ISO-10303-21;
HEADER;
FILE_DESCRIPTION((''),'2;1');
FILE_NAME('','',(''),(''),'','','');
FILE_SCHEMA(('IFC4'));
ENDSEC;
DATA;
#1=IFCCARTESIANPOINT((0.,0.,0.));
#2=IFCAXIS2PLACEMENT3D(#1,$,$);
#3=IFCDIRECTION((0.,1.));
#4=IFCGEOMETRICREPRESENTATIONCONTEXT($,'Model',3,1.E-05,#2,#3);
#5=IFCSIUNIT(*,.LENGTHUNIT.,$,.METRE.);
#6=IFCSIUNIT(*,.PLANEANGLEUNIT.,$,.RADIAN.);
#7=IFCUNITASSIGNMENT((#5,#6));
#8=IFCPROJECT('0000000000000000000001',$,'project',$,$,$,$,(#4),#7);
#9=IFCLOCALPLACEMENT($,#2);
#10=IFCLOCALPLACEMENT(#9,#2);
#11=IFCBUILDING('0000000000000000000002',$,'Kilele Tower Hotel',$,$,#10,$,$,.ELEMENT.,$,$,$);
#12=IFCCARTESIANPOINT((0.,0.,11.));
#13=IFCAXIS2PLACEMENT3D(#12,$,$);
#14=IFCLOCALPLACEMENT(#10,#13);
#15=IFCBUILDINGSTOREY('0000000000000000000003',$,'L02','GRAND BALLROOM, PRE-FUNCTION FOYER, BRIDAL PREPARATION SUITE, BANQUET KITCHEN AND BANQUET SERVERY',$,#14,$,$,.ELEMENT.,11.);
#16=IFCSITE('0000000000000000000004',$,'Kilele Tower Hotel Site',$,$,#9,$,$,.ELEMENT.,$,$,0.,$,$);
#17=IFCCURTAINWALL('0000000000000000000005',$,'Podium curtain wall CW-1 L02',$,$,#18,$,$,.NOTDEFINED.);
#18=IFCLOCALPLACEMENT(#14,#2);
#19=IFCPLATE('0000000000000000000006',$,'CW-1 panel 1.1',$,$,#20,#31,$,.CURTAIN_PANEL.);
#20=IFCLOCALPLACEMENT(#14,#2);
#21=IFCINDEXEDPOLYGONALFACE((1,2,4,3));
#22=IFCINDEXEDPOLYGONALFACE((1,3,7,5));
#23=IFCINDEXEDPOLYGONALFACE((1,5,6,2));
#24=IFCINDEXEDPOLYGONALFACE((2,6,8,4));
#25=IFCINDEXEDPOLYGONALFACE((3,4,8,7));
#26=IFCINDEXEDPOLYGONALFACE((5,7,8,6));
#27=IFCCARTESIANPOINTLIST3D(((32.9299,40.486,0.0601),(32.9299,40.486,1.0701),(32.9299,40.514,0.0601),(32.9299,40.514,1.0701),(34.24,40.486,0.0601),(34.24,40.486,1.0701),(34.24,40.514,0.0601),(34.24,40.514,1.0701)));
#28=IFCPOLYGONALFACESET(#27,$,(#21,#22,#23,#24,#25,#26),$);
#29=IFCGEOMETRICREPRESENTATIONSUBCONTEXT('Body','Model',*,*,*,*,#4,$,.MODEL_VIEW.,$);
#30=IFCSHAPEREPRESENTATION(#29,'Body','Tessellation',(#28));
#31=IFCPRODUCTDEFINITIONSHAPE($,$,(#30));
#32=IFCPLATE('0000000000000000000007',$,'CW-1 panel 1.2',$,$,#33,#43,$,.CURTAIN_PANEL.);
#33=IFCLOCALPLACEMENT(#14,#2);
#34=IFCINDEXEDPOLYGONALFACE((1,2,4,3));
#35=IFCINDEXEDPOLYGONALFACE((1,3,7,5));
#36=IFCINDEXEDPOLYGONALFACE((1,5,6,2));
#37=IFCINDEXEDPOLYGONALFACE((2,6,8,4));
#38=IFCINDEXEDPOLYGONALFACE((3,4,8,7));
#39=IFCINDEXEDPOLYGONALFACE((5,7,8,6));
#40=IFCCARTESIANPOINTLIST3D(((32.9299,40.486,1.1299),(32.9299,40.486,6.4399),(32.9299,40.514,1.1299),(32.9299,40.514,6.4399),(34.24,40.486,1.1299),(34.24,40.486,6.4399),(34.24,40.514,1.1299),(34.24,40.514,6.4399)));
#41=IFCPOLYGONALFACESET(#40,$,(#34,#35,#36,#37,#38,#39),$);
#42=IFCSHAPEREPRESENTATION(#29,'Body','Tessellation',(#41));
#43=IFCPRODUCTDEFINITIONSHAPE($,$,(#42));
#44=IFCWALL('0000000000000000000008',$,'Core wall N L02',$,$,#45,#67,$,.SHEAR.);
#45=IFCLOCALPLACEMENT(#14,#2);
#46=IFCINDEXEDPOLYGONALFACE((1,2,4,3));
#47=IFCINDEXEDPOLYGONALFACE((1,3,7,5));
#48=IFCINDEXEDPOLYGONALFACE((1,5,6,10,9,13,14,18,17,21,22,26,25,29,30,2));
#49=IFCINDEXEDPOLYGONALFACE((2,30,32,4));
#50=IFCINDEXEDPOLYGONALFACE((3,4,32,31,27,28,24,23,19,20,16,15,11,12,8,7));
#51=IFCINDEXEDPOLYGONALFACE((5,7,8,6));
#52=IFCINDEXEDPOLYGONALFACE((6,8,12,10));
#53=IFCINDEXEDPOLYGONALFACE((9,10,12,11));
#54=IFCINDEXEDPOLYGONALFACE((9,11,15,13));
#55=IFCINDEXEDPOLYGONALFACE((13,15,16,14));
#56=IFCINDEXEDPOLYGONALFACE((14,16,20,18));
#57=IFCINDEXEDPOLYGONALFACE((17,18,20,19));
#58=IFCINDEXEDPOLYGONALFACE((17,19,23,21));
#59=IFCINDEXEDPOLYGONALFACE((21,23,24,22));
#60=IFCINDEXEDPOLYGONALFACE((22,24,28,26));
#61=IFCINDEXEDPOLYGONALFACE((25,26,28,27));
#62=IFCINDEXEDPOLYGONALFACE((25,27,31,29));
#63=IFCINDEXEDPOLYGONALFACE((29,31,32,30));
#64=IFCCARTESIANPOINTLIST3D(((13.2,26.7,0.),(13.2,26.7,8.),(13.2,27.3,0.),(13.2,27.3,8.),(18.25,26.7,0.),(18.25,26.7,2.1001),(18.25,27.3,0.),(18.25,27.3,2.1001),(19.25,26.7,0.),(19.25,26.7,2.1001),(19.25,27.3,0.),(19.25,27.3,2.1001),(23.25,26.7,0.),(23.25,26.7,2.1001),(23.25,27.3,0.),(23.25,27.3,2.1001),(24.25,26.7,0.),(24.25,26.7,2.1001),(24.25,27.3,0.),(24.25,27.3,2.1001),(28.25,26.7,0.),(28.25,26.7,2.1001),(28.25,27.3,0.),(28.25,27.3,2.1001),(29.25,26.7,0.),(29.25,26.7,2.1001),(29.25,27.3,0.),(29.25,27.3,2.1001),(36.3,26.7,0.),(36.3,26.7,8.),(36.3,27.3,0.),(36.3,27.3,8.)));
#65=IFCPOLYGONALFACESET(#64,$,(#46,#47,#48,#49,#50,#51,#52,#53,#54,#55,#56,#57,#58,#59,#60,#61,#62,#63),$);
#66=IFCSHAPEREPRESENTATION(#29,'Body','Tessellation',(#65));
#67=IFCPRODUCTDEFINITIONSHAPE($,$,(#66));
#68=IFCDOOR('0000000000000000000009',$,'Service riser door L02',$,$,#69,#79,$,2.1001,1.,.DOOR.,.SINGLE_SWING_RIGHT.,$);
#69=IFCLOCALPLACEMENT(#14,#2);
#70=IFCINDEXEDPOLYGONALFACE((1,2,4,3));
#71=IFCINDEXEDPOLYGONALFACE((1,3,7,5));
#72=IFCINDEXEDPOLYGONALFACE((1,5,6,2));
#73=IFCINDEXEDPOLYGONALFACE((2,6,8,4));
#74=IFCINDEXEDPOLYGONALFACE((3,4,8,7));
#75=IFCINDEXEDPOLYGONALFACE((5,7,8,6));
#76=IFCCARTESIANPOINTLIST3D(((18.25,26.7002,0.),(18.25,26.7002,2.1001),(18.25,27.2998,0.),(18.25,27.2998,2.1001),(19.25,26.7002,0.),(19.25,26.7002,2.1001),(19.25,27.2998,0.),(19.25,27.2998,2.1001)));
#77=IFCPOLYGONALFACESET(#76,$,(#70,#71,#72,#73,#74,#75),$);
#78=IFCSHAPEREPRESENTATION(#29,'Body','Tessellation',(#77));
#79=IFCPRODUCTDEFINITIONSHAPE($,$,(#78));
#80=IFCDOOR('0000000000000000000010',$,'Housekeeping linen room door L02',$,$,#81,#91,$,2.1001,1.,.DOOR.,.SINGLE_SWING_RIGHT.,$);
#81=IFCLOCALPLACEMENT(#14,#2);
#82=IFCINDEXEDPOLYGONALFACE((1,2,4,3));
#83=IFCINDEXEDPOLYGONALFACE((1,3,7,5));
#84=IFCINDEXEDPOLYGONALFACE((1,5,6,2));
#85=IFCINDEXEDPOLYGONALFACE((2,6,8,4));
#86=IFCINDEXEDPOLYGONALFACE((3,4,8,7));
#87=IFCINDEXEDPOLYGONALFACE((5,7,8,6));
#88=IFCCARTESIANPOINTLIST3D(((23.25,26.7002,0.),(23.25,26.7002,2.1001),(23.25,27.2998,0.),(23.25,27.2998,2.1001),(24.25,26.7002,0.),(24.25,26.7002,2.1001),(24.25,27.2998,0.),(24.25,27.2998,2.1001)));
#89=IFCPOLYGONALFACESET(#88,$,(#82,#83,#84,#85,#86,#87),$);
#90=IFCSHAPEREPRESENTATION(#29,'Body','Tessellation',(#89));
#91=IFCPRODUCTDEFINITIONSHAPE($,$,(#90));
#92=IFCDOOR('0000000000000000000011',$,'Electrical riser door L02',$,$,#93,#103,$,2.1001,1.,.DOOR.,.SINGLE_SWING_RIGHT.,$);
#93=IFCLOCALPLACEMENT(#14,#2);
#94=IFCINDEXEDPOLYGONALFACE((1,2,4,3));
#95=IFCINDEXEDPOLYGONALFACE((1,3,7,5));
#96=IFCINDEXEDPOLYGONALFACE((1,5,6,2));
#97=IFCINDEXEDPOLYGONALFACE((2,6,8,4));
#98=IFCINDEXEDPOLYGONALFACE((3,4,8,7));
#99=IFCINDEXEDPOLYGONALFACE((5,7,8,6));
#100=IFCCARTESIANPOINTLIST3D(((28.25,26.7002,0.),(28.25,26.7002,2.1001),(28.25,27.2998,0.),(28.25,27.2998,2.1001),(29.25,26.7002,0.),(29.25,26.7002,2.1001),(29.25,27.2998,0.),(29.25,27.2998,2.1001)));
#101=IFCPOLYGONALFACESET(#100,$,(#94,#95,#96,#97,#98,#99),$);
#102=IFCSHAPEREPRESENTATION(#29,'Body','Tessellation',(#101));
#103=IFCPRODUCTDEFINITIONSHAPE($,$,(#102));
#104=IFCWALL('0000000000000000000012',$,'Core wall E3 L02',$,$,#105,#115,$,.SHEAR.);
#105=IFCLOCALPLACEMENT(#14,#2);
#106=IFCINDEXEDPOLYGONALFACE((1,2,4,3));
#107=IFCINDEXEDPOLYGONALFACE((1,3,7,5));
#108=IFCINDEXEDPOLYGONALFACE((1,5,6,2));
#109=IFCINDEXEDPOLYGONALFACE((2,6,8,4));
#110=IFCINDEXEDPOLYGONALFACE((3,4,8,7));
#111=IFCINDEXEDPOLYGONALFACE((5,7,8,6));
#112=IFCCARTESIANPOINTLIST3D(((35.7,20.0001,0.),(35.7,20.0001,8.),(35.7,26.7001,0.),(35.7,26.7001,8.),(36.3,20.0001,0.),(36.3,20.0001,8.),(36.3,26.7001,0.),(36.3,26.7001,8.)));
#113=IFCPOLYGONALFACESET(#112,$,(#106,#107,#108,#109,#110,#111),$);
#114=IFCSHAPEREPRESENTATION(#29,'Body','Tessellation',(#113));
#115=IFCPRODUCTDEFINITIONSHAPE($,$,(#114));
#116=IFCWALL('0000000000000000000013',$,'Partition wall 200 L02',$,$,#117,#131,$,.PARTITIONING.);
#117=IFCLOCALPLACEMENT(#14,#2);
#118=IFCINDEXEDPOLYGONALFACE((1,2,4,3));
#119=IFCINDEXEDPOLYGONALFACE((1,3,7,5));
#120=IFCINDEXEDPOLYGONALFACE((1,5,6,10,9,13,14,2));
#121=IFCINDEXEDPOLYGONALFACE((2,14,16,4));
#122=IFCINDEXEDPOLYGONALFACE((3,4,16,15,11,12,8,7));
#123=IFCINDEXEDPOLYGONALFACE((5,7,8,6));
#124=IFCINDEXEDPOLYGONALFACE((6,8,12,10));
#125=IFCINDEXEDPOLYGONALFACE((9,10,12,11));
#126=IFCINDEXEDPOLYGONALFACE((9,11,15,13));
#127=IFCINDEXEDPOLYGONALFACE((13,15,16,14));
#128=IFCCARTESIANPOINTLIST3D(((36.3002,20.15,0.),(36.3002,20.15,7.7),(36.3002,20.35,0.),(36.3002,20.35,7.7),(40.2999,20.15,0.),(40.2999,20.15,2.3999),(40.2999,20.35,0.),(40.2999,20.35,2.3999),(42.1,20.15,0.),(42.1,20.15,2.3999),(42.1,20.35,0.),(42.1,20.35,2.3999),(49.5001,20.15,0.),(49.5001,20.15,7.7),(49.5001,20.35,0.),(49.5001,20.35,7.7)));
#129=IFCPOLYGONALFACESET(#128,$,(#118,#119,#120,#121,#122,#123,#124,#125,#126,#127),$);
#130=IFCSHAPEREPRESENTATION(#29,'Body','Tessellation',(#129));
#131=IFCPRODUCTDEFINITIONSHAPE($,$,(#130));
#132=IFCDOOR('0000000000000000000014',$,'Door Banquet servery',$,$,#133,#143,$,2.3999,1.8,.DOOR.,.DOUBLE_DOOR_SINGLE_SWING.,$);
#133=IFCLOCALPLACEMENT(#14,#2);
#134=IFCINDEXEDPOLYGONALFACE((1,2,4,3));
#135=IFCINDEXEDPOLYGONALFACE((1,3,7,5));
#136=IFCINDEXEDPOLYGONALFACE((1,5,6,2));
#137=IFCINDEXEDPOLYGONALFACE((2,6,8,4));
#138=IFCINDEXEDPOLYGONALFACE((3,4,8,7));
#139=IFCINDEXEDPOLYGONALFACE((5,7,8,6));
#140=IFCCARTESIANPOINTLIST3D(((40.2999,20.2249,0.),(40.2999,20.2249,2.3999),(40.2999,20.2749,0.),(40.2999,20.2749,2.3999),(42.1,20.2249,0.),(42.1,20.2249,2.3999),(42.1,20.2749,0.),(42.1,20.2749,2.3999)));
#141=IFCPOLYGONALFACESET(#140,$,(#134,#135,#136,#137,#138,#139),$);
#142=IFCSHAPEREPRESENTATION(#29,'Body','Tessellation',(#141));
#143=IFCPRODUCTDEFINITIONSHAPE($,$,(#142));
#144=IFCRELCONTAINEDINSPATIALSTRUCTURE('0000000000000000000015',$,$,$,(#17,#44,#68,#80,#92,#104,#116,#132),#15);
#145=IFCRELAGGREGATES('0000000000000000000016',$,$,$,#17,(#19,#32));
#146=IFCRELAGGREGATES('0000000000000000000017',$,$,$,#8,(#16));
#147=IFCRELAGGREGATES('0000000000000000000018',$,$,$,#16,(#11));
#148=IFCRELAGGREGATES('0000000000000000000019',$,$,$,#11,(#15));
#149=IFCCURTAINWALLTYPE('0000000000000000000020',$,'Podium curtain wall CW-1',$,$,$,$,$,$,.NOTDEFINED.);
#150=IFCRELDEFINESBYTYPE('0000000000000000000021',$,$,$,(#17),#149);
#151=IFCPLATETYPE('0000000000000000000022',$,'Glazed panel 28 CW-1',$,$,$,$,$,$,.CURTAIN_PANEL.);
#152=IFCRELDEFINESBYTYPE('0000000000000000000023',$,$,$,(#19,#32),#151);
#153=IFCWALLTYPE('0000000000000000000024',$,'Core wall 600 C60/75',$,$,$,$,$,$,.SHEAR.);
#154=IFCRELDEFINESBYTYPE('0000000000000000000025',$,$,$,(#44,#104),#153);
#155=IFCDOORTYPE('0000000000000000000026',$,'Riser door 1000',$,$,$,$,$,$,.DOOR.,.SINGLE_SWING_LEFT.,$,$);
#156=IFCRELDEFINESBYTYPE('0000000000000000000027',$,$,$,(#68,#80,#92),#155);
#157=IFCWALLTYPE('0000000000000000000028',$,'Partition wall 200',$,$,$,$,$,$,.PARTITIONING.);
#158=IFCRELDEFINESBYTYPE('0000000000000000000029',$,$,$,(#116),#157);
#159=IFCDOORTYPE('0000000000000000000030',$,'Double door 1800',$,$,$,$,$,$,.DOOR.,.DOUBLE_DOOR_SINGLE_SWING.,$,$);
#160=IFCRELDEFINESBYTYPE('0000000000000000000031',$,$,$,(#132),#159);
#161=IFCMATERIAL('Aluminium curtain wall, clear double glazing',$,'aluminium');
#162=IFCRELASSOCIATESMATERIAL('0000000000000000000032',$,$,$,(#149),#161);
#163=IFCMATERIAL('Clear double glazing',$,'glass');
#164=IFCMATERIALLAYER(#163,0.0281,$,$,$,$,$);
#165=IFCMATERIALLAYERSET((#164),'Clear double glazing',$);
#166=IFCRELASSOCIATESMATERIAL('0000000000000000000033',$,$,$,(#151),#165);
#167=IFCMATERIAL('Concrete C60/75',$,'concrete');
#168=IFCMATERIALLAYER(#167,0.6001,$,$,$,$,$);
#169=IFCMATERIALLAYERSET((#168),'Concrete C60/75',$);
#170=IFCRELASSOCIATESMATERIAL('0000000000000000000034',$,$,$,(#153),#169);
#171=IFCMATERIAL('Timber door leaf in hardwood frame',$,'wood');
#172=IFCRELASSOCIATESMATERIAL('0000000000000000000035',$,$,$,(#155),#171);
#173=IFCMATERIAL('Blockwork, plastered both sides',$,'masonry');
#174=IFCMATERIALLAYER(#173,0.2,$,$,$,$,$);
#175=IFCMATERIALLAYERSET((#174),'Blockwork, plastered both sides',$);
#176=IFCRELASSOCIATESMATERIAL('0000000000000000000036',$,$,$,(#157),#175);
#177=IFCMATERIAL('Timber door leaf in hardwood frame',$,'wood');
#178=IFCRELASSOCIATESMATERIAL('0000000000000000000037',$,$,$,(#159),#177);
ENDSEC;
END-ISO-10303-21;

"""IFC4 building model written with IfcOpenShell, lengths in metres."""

from ifc_helpers import new_model, si_unit, direction, frame, frame_2d, origin, origin_2d, place, context, subcontext, project, spatial, rectangle, extrude, material, layer, layer_set, type_object, element, fill, aggregate, save


model = new_model("IFC4")

# Units and contexts
model_context = context("Model", 3, precision=1e-05, world=origin(), true_north=direction((0.0, 1.0)))
body_context = subcontext(model_context, "Body", "Model", "MODEL_VIEW")
ifc_project = project(units=[si_unit("LENGTHUNIT", "METRE"), si_unit("PLANEANGLEUNIT", "RADIAN")], contexts=[model_context])

# Site, building, storey
site_placement = place(None, origin())
site = spatial("IfcSite", under=ifc_project, at=site_placement, Name="Kilele Tower Hotel Site", CompositionType="ELEMENT", RefElevation=0.0)
building_placement = place(site_placement, origin())
building = spatial("IfcBuilding", under=site, at=building_placement, Name="Kilele Tower Hotel", CompositionType="ELEMENT")
storey_placement = place(building_placement, frame((0.0, 0.0, 11.0)))
storey = spatial("IfcBuildingStorey", under=building, at=storey_placement, Name="L02", Description="GRAND BALLROOM, PRE-FUNCTION FOYER, BRIDAL PREPARATION SUITE, BANQUET KITCHEN AND BANQUET SERVERY", CompositionType="ELEMENT", Elevation=11.0)

# Curtain wall, plates
ifc_material_1 = material(Name="Aluminium curtain wall, clear double glazing", Category="aluminium")
curtain_wall_type = type_object("IfcCurtainWallType", Name="Podium curtain wall CW-1", PredefinedType="NOTDEFINED", material=ifc_material_1)
curtain_wall_placement = place(storey_placement, origin())
curtain_wall = element("IfcCurtainWall", 1, at=curtain_wall_placement, inside=storey, type_object=curtain_wall_type, Name="Podium curtain wall CW-1 L02", PredefinedType="NOTDEFINED")
ifc_material_2 = material(Name="Clear double glazing", Category="glass")
ifc_layer_1 = layer(ifc_material_2, 0.0281)
ifc_layer_set_1 = layer_set([ifc_layer_1], Name="Clear double glazing")
plate_type = type_object("IfcPlateType", Name="Glazed panel 28 CW-1", PredefinedType="CURTAIN_PANEL", material=ifc_layer_set_1)
plate_1_placement = place(storey_placement, frame((33.585, 40.5, 0.0601), z_axis=(0.0, 0.0, 1.0), x_axis=(-1.0, 0.0, 0.0)))
plate_1 = element("IfcPlate", 2, at=plate_1_placement, type_object=plate_type, Name="CW-1 panel 1.1", PredefinedType="CURTAIN_PANEL", context=body_context, shape_type="SweptSolid", body=[
    extrude(rectangle(XDim=1.3101, YDim=0.0281, at=origin_2d()), origin(), (0.0, 0.0, 1.0), 1.01),
])
plate_2_placement = place(storey_placement, frame((33.585, 40.5, 1.1299), z_axis=(0.0, 0.0, 1.0), x_axis=(-1.0, 0.0, 0.0)))
plate_2 = element("IfcPlate", 3, at=plate_2_placement, type_object=plate_type, Name="CW-1 panel 1.2", PredefinedType="CURTAIN_PANEL", context=body_context, shape_type="SweptSolid", body=[
    extrude(rectangle(XDim=1.3101, YDim=0.0281, at=origin_2d()), origin(), (0.0, 0.0, 1.0), 5.3101),
])
aggregate(curtain_wall, [plate_1, plate_2])

# Wall, openings, doors
ifc_material_3 = material(Name="Concrete C60/75", Category="concrete")
ifc_layer_2 = layer(ifc_material_3, 0.6001)
ifc_layer_set_2 = layer_set([ifc_layer_2], Name="Concrete C60/75")
wall_type_1 = type_object("IfcWallType", Name="Core wall 600 C60/75", PredefinedType="SHEAR", material=ifc_layer_set_2)
wall_1_placement = place(storey_placement, frame((36.3, 27.0, 0.0), z_axis=(0.0, 0.0, 1.0), x_axis=(-1.0, 0.0, 0.0)))
wall_1 = element("IfcWall", 4, at=wall_1_placement, inside=storey, type_object=wall_type_1, Name="Core wall N L02", PredefinedType="SHEAR", context=body_context, shape_type="SweptSolid", body=[
    extrude(rectangle(XDim=23.1001, YDim=0.6001, at=frame_2d((11.55, 0.0))), origin(), (0.0, 0.0, 1.0), 8.0),
])
opening_1_placement = place(wall_1_placement, frame((17.05, 0.0, 0.0)))
opening_1 = element("IfcOpeningElement", 5, at=opening_1_placement, cuts=wall_1, PredefinedType="OPENING", context=body_context, shape_type="SweptSolid", body=[
    extrude(rectangle(XDim=1.0, YDim=2.1001, at=frame_2d((0.5, 1.05))), frame((0.0, 0.3101, 0.0), z_axis=(0.0, -1.0, 0.0), x_axis=(1.0, 0.0, 0.0)), (0.0, 0.0, 1.0), 0.6201),
])
opening_2_placement = place(wall_1_placement, frame((12.05, 0.0, 0.0)))
opening_2 = element("IfcOpeningElement", 6, at=opening_2_placement, cuts=wall_1, PredefinedType="OPENING", context=body_context, shape_type="SweptSolid", body=[
    extrude(rectangle(XDim=1.0, YDim=2.1001, at=frame_2d((0.5, 1.05))), frame((0.0, 0.3101, 0.0), z_axis=(0.0, -1.0, 0.0), x_axis=(1.0, 0.0, 0.0)), (0.0, 0.0, 1.0), 0.6201),
])
opening_3_placement = place(wall_1_placement, frame((7.05, 0.0, 0.0)))
opening_3 = element("IfcOpeningElement", 7, at=opening_3_placement, cuts=wall_1, PredefinedType="OPENING", context=body_context, shape_type="SweptSolid", body=[
    extrude(rectangle(XDim=1.0, YDim=2.1001, at=frame_2d((0.5, 1.05))), frame((0.0, 0.3101, 0.0), z_axis=(0.0, -1.0, 0.0), x_axis=(1.0, 0.0, 0.0)), (0.0, 0.0, 1.0), 0.6201),
])
ifc_material_4 = material(Name="Timber door leaf in hardwood frame", Category="wood")
door_type_1 = type_object("IfcDoorType", Name="Riser door 1000", OperationType="SINGLE_SWING_LEFT", PredefinedType="DOOR", material=ifc_material_4)
door_1_placement = place(opening_1_placement, origin())
door_1 = element("IfcDoor", 8, at=door_1_placement, inside=storey, type_object=door_type_1, Name="Service riser door L02", OperationType="SINGLE_SWING_RIGHT", OverallHeight=2.1001, OverallWidth=1.0, PredefinedType="DOOR", context=body_context, shape_type="SweptSolid", body=[
    extrude(rectangle(XDim=1.0, YDim=2.1001, at=frame_2d((0.5, 1.05))), frame((0.0, 0.2998, 0.0), z_axis=(0.0, -1.0, 0.0), x_axis=(1.0, 0.0, 0.0)), (0.0, 0.0, 1.0), 0.5996),
])
fill(opening_1, door_1)
door_2_placement = place(opening_2_placement, origin())
door_2 = element("IfcDoor", 9, at=door_2_placement, inside=storey, type_object=door_type_1, Name="Housekeeping linen room door L02", OperationType="SINGLE_SWING_RIGHT", OverallHeight=2.1001, OverallWidth=1.0, PredefinedType="DOOR", context=body_context, shape_type="SweptSolid", body=[
    extrude(rectangle(XDim=1.0, YDim=2.1001, at=frame_2d((0.5, 1.05))), frame((0.0, 0.2998, 0.0), z_axis=(0.0, -1.0, 0.0), x_axis=(1.0, 0.0, 0.0)), (0.0, 0.0, 1.0), 0.5996),
])
fill(opening_2, door_2)
door_3_placement = place(opening_3_placement, origin())
door_3 = element("IfcDoor", 10, at=door_3_placement, inside=storey, type_object=door_type_1, Name="Electrical riser door L02", OperationType="SINGLE_SWING_RIGHT", OverallHeight=2.1001, OverallWidth=1.0, PredefinedType="DOOR", context=body_context, shape_type="SweptSolid", body=[
    extrude(rectangle(XDim=1.0, YDim=2.1001, at=frame_2d((0.5, 1.05))), frame((0.0, 0.2998, 0.0), z_axis=(0.0, -1.0, 0.0), x_axis=(1.0, 0.0, 0.0)), (0.0, 0.0, 1.0), 0.5996),
])
fill(opening_3, door_3)

# Wall
wall_2_placement = place(storey_placement, frame((36.0, 20.0, 0.0), z_axis=(0.0, 0.0, 1.0), x_axis=(0.0, 1.0, 0.0)))
element("IfcWall", 11, at=wall_2_placement, inside=storey, type_object=wall_type_1, Name="Core wall E3 L02", PredefinedType="SHEAR", context=body_context, shape_type="SweptSolid", body=[
    extrude(rectangle(XDim=6.7, YDim=0.6001, at=frame_2d((3.3501, 0.0))), origin(), (0.0, 0.0, 1.0), 8.0),
])

# Wall, opening, door
ifc_material_5 = material(Name="Blockwork, plastered both sides", Category="masonry")
ifc_layer_3 = layer(ifc_material_5, 0.2)
ifc_layer_set_3 = layer_set([ifc_layer_3], Name="Blockwork, plastered both sides")
wall_type_2 = type_object("IfcWallType", Name="Partition wall 200", PredefinedType="PARTITIONING", material=ifc_layer_set_3)
wall_3_placement = place(storey_placement, frame((36.3, 20.25, 0.0), z_axis=(0.0, 0.0, 1.0), x_axis=(1.0, 0.0, 0.0)))
wall_3 = element("IfcWall", 12, at=wall_3_placement, inside=storey, type_object=wall_type_2, Name="Partition wall 200 L02", PredefinedType="PARTITIONING", context=body_context, shape_type="SweptSolid", body=[
    extrude(rectangle(XDim=13.2, YDim=0.2, at=frame_2d((6.6001, 0.0))), origin(), (0.0, 0.0, 1.0), 7.7),
])
opening_4_placement = place(wall_3_placement, frame((4.0, 0.0, 0.0)))
opening_4 = element("IfcOpeningElement", 13, at=opening_4_placement, cuts=wall_3, PredefinedType="OPENING", context=body_context, shape_type="SweptSolid", body=[
    extrude(rectangle(XDim=1.8, YDim=2.3999, at=frame_2d((0.8999, 1.2))), frame((0.0, 0.1099, 0.0), z_axis=(0.0, -1.0, 0.0), x_axis=(1.0, 0.0, 0.0)), (0.0, 0.0, 1.0), 0.22),
])
ifc_material_6 = material(Name="Timber door leaf in hardwood frame", Category="wood")
door_type_2 = type_object("IfcDoorType", Name="Double door 1800", OperationType="DOUBLE_DOOR_SINGLE_SWING", PredefinedType="DOOR", material=ifc_material_6)
door_4_placement = place(opening_4_placement, origin())
door_4 = element("IfcDoor", 14, at=door_4_placement, inside=storey, type_object=door_type_2, Name="Door Banquet servery", OperationType="DOUBLE_DOOR_SINGLE_SWING", OverallHeight=2.3999, OverallWidth=1.8, PredefinedType="DOOR", context=body_context, shape_type="SweptSolid", body=[
    extrude(rectangle(XDim=1.8, YDim=2.3999, at=frame_2d((0.8999, 1.2))), frame((0.0, 0.0249, 0.0), z_axis=(0.0, -1.0, 0.0), x_axis=(1.0, 0.0, 0.0)), (0.0, 0.0, 1.0), 0.05),
])
fill(opening_4, door_4)

save(model, "model.ifc")
